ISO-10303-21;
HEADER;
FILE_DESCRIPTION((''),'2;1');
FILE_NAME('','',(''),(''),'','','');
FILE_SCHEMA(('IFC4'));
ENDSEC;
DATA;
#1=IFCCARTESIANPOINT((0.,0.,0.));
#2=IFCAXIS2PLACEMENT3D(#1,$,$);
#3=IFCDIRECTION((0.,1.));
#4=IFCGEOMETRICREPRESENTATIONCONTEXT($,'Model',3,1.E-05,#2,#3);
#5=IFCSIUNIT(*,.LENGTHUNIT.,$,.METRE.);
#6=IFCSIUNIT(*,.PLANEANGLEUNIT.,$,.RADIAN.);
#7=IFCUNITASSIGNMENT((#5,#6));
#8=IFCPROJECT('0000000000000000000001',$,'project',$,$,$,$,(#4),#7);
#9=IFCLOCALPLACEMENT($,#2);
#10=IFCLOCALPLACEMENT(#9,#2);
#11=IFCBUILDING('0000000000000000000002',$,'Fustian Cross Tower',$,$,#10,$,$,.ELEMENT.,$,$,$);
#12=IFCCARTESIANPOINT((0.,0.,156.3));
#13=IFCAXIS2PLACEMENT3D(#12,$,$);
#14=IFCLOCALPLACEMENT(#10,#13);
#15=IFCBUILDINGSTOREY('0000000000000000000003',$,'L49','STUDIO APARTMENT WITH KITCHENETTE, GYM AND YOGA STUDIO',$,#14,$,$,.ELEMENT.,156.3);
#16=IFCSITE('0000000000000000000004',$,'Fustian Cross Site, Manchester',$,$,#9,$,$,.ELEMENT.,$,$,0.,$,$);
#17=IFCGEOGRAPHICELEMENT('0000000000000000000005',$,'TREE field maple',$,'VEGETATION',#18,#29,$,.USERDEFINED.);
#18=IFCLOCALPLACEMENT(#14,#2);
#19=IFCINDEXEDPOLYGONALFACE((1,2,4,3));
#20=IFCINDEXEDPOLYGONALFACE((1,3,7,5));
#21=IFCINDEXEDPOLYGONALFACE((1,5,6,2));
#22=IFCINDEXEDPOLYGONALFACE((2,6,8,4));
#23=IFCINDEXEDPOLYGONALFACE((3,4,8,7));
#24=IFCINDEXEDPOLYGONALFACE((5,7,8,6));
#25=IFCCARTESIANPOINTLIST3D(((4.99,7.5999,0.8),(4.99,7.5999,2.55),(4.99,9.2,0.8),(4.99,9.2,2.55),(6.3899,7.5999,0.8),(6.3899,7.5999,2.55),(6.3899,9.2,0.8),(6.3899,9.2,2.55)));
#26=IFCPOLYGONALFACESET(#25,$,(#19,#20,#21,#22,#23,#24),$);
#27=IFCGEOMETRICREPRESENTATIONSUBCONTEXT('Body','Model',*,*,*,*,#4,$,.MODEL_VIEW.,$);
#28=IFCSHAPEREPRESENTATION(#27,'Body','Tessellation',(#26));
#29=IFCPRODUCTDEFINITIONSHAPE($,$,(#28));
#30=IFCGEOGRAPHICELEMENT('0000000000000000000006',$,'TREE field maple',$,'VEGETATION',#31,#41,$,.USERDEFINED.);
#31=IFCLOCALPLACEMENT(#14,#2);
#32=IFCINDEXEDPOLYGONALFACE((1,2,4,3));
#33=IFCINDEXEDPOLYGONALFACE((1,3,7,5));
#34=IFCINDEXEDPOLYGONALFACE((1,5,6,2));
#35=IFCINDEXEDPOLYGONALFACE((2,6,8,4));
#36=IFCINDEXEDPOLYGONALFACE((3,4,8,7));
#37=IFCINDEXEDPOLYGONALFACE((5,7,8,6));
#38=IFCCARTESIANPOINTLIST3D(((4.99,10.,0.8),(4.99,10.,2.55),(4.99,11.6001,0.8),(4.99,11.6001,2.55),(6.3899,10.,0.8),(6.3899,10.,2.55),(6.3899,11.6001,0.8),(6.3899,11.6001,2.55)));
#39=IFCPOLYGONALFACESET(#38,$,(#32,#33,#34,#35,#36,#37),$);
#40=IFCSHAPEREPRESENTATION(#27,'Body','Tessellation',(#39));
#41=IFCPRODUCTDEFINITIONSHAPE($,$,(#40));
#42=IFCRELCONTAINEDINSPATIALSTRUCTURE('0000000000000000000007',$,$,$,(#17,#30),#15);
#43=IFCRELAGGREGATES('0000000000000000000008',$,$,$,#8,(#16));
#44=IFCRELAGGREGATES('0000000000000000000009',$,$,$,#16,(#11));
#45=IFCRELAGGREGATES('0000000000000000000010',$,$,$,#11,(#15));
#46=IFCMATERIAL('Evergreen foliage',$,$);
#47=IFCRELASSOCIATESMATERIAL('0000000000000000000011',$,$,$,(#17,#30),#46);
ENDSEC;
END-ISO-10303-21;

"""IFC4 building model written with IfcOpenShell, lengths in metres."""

from ifc_helpers import new_model, si_unit, direction, frame, origin, origin_2d, place, context, subcontext, project, spatial, rectangle, extrude, material, element, save


model = new_model("IFC4")

# Units and contexts
model_context = context("Model", 3, precision=1e-05, world=origin(), true_north=direction((0.0, 1.0)))
body_context = subcontext(model_context, "Body", "Model", "MODEL_VIEW")
ifc_project = project(units=[si_unit("LENGTHUNIT", "METRE"), si_unit("PLANEANGLEUNIT", "RADIAN")], contexts=[model_context])

# Site, building, storey
site_placement = place(None, origin())
site = spatial("IfcSite", under=ifc_project, at=site_placement, Name="Fustian Cross Site, Manchester", CompositionType="ELEMENT", RefElevation=0.0)
building_placement = place(site_placement, origin())
building = spatial("IfcBuilding", under=site, at=building_placement, Name="Fustian Cross Tower", CompositionType="ELEMENT")
storey_placement = place(building_placement, frame((0.0, 0.0, 156.3)))
storey = spatial("IfcBuildingStorey", under=building, at=storey_placement, Name="L49", Description="STUDIO APARTMENT WITH KITCHENETTE, GYM AND YOGA STUDIO", CompositionType="ELEMENT", Elevation=156.3)

# Geographic elements
ifc_material_1 = material(Name="Evergreen foliage")
for number, where, z_axis, x_axis, name in (
    (1, (5.6899, 8.3999, 0.8), (0.0, 0.0, 1.0), (1.0, 0.0, 0.0), "TREE field maple"),
    (2, (5.6899, 10.8, 0.8), (0.0, 0.0, 1.0), (1.0, 0.0, 0.0), "TREE field maple"),
):
    element("IfcGeographicElement", number, at=place(storey_placement, frame(where, z_axis=z_axis, x_axis=x_axis)), inside=storey, material=ifc_material_1, Name=name, ObjectType="VEGETATION", PredefinedType="USERDEFINED", context=body_context, shape_type="SweptSolid", body=[
        extrude(rectangle(XDim=1.3999, YDim=1.6001, at=origin_2d()), origin(), (0.0, 0.0, 1.0), 1.75),
    ])

save(model, "model.ifc")
